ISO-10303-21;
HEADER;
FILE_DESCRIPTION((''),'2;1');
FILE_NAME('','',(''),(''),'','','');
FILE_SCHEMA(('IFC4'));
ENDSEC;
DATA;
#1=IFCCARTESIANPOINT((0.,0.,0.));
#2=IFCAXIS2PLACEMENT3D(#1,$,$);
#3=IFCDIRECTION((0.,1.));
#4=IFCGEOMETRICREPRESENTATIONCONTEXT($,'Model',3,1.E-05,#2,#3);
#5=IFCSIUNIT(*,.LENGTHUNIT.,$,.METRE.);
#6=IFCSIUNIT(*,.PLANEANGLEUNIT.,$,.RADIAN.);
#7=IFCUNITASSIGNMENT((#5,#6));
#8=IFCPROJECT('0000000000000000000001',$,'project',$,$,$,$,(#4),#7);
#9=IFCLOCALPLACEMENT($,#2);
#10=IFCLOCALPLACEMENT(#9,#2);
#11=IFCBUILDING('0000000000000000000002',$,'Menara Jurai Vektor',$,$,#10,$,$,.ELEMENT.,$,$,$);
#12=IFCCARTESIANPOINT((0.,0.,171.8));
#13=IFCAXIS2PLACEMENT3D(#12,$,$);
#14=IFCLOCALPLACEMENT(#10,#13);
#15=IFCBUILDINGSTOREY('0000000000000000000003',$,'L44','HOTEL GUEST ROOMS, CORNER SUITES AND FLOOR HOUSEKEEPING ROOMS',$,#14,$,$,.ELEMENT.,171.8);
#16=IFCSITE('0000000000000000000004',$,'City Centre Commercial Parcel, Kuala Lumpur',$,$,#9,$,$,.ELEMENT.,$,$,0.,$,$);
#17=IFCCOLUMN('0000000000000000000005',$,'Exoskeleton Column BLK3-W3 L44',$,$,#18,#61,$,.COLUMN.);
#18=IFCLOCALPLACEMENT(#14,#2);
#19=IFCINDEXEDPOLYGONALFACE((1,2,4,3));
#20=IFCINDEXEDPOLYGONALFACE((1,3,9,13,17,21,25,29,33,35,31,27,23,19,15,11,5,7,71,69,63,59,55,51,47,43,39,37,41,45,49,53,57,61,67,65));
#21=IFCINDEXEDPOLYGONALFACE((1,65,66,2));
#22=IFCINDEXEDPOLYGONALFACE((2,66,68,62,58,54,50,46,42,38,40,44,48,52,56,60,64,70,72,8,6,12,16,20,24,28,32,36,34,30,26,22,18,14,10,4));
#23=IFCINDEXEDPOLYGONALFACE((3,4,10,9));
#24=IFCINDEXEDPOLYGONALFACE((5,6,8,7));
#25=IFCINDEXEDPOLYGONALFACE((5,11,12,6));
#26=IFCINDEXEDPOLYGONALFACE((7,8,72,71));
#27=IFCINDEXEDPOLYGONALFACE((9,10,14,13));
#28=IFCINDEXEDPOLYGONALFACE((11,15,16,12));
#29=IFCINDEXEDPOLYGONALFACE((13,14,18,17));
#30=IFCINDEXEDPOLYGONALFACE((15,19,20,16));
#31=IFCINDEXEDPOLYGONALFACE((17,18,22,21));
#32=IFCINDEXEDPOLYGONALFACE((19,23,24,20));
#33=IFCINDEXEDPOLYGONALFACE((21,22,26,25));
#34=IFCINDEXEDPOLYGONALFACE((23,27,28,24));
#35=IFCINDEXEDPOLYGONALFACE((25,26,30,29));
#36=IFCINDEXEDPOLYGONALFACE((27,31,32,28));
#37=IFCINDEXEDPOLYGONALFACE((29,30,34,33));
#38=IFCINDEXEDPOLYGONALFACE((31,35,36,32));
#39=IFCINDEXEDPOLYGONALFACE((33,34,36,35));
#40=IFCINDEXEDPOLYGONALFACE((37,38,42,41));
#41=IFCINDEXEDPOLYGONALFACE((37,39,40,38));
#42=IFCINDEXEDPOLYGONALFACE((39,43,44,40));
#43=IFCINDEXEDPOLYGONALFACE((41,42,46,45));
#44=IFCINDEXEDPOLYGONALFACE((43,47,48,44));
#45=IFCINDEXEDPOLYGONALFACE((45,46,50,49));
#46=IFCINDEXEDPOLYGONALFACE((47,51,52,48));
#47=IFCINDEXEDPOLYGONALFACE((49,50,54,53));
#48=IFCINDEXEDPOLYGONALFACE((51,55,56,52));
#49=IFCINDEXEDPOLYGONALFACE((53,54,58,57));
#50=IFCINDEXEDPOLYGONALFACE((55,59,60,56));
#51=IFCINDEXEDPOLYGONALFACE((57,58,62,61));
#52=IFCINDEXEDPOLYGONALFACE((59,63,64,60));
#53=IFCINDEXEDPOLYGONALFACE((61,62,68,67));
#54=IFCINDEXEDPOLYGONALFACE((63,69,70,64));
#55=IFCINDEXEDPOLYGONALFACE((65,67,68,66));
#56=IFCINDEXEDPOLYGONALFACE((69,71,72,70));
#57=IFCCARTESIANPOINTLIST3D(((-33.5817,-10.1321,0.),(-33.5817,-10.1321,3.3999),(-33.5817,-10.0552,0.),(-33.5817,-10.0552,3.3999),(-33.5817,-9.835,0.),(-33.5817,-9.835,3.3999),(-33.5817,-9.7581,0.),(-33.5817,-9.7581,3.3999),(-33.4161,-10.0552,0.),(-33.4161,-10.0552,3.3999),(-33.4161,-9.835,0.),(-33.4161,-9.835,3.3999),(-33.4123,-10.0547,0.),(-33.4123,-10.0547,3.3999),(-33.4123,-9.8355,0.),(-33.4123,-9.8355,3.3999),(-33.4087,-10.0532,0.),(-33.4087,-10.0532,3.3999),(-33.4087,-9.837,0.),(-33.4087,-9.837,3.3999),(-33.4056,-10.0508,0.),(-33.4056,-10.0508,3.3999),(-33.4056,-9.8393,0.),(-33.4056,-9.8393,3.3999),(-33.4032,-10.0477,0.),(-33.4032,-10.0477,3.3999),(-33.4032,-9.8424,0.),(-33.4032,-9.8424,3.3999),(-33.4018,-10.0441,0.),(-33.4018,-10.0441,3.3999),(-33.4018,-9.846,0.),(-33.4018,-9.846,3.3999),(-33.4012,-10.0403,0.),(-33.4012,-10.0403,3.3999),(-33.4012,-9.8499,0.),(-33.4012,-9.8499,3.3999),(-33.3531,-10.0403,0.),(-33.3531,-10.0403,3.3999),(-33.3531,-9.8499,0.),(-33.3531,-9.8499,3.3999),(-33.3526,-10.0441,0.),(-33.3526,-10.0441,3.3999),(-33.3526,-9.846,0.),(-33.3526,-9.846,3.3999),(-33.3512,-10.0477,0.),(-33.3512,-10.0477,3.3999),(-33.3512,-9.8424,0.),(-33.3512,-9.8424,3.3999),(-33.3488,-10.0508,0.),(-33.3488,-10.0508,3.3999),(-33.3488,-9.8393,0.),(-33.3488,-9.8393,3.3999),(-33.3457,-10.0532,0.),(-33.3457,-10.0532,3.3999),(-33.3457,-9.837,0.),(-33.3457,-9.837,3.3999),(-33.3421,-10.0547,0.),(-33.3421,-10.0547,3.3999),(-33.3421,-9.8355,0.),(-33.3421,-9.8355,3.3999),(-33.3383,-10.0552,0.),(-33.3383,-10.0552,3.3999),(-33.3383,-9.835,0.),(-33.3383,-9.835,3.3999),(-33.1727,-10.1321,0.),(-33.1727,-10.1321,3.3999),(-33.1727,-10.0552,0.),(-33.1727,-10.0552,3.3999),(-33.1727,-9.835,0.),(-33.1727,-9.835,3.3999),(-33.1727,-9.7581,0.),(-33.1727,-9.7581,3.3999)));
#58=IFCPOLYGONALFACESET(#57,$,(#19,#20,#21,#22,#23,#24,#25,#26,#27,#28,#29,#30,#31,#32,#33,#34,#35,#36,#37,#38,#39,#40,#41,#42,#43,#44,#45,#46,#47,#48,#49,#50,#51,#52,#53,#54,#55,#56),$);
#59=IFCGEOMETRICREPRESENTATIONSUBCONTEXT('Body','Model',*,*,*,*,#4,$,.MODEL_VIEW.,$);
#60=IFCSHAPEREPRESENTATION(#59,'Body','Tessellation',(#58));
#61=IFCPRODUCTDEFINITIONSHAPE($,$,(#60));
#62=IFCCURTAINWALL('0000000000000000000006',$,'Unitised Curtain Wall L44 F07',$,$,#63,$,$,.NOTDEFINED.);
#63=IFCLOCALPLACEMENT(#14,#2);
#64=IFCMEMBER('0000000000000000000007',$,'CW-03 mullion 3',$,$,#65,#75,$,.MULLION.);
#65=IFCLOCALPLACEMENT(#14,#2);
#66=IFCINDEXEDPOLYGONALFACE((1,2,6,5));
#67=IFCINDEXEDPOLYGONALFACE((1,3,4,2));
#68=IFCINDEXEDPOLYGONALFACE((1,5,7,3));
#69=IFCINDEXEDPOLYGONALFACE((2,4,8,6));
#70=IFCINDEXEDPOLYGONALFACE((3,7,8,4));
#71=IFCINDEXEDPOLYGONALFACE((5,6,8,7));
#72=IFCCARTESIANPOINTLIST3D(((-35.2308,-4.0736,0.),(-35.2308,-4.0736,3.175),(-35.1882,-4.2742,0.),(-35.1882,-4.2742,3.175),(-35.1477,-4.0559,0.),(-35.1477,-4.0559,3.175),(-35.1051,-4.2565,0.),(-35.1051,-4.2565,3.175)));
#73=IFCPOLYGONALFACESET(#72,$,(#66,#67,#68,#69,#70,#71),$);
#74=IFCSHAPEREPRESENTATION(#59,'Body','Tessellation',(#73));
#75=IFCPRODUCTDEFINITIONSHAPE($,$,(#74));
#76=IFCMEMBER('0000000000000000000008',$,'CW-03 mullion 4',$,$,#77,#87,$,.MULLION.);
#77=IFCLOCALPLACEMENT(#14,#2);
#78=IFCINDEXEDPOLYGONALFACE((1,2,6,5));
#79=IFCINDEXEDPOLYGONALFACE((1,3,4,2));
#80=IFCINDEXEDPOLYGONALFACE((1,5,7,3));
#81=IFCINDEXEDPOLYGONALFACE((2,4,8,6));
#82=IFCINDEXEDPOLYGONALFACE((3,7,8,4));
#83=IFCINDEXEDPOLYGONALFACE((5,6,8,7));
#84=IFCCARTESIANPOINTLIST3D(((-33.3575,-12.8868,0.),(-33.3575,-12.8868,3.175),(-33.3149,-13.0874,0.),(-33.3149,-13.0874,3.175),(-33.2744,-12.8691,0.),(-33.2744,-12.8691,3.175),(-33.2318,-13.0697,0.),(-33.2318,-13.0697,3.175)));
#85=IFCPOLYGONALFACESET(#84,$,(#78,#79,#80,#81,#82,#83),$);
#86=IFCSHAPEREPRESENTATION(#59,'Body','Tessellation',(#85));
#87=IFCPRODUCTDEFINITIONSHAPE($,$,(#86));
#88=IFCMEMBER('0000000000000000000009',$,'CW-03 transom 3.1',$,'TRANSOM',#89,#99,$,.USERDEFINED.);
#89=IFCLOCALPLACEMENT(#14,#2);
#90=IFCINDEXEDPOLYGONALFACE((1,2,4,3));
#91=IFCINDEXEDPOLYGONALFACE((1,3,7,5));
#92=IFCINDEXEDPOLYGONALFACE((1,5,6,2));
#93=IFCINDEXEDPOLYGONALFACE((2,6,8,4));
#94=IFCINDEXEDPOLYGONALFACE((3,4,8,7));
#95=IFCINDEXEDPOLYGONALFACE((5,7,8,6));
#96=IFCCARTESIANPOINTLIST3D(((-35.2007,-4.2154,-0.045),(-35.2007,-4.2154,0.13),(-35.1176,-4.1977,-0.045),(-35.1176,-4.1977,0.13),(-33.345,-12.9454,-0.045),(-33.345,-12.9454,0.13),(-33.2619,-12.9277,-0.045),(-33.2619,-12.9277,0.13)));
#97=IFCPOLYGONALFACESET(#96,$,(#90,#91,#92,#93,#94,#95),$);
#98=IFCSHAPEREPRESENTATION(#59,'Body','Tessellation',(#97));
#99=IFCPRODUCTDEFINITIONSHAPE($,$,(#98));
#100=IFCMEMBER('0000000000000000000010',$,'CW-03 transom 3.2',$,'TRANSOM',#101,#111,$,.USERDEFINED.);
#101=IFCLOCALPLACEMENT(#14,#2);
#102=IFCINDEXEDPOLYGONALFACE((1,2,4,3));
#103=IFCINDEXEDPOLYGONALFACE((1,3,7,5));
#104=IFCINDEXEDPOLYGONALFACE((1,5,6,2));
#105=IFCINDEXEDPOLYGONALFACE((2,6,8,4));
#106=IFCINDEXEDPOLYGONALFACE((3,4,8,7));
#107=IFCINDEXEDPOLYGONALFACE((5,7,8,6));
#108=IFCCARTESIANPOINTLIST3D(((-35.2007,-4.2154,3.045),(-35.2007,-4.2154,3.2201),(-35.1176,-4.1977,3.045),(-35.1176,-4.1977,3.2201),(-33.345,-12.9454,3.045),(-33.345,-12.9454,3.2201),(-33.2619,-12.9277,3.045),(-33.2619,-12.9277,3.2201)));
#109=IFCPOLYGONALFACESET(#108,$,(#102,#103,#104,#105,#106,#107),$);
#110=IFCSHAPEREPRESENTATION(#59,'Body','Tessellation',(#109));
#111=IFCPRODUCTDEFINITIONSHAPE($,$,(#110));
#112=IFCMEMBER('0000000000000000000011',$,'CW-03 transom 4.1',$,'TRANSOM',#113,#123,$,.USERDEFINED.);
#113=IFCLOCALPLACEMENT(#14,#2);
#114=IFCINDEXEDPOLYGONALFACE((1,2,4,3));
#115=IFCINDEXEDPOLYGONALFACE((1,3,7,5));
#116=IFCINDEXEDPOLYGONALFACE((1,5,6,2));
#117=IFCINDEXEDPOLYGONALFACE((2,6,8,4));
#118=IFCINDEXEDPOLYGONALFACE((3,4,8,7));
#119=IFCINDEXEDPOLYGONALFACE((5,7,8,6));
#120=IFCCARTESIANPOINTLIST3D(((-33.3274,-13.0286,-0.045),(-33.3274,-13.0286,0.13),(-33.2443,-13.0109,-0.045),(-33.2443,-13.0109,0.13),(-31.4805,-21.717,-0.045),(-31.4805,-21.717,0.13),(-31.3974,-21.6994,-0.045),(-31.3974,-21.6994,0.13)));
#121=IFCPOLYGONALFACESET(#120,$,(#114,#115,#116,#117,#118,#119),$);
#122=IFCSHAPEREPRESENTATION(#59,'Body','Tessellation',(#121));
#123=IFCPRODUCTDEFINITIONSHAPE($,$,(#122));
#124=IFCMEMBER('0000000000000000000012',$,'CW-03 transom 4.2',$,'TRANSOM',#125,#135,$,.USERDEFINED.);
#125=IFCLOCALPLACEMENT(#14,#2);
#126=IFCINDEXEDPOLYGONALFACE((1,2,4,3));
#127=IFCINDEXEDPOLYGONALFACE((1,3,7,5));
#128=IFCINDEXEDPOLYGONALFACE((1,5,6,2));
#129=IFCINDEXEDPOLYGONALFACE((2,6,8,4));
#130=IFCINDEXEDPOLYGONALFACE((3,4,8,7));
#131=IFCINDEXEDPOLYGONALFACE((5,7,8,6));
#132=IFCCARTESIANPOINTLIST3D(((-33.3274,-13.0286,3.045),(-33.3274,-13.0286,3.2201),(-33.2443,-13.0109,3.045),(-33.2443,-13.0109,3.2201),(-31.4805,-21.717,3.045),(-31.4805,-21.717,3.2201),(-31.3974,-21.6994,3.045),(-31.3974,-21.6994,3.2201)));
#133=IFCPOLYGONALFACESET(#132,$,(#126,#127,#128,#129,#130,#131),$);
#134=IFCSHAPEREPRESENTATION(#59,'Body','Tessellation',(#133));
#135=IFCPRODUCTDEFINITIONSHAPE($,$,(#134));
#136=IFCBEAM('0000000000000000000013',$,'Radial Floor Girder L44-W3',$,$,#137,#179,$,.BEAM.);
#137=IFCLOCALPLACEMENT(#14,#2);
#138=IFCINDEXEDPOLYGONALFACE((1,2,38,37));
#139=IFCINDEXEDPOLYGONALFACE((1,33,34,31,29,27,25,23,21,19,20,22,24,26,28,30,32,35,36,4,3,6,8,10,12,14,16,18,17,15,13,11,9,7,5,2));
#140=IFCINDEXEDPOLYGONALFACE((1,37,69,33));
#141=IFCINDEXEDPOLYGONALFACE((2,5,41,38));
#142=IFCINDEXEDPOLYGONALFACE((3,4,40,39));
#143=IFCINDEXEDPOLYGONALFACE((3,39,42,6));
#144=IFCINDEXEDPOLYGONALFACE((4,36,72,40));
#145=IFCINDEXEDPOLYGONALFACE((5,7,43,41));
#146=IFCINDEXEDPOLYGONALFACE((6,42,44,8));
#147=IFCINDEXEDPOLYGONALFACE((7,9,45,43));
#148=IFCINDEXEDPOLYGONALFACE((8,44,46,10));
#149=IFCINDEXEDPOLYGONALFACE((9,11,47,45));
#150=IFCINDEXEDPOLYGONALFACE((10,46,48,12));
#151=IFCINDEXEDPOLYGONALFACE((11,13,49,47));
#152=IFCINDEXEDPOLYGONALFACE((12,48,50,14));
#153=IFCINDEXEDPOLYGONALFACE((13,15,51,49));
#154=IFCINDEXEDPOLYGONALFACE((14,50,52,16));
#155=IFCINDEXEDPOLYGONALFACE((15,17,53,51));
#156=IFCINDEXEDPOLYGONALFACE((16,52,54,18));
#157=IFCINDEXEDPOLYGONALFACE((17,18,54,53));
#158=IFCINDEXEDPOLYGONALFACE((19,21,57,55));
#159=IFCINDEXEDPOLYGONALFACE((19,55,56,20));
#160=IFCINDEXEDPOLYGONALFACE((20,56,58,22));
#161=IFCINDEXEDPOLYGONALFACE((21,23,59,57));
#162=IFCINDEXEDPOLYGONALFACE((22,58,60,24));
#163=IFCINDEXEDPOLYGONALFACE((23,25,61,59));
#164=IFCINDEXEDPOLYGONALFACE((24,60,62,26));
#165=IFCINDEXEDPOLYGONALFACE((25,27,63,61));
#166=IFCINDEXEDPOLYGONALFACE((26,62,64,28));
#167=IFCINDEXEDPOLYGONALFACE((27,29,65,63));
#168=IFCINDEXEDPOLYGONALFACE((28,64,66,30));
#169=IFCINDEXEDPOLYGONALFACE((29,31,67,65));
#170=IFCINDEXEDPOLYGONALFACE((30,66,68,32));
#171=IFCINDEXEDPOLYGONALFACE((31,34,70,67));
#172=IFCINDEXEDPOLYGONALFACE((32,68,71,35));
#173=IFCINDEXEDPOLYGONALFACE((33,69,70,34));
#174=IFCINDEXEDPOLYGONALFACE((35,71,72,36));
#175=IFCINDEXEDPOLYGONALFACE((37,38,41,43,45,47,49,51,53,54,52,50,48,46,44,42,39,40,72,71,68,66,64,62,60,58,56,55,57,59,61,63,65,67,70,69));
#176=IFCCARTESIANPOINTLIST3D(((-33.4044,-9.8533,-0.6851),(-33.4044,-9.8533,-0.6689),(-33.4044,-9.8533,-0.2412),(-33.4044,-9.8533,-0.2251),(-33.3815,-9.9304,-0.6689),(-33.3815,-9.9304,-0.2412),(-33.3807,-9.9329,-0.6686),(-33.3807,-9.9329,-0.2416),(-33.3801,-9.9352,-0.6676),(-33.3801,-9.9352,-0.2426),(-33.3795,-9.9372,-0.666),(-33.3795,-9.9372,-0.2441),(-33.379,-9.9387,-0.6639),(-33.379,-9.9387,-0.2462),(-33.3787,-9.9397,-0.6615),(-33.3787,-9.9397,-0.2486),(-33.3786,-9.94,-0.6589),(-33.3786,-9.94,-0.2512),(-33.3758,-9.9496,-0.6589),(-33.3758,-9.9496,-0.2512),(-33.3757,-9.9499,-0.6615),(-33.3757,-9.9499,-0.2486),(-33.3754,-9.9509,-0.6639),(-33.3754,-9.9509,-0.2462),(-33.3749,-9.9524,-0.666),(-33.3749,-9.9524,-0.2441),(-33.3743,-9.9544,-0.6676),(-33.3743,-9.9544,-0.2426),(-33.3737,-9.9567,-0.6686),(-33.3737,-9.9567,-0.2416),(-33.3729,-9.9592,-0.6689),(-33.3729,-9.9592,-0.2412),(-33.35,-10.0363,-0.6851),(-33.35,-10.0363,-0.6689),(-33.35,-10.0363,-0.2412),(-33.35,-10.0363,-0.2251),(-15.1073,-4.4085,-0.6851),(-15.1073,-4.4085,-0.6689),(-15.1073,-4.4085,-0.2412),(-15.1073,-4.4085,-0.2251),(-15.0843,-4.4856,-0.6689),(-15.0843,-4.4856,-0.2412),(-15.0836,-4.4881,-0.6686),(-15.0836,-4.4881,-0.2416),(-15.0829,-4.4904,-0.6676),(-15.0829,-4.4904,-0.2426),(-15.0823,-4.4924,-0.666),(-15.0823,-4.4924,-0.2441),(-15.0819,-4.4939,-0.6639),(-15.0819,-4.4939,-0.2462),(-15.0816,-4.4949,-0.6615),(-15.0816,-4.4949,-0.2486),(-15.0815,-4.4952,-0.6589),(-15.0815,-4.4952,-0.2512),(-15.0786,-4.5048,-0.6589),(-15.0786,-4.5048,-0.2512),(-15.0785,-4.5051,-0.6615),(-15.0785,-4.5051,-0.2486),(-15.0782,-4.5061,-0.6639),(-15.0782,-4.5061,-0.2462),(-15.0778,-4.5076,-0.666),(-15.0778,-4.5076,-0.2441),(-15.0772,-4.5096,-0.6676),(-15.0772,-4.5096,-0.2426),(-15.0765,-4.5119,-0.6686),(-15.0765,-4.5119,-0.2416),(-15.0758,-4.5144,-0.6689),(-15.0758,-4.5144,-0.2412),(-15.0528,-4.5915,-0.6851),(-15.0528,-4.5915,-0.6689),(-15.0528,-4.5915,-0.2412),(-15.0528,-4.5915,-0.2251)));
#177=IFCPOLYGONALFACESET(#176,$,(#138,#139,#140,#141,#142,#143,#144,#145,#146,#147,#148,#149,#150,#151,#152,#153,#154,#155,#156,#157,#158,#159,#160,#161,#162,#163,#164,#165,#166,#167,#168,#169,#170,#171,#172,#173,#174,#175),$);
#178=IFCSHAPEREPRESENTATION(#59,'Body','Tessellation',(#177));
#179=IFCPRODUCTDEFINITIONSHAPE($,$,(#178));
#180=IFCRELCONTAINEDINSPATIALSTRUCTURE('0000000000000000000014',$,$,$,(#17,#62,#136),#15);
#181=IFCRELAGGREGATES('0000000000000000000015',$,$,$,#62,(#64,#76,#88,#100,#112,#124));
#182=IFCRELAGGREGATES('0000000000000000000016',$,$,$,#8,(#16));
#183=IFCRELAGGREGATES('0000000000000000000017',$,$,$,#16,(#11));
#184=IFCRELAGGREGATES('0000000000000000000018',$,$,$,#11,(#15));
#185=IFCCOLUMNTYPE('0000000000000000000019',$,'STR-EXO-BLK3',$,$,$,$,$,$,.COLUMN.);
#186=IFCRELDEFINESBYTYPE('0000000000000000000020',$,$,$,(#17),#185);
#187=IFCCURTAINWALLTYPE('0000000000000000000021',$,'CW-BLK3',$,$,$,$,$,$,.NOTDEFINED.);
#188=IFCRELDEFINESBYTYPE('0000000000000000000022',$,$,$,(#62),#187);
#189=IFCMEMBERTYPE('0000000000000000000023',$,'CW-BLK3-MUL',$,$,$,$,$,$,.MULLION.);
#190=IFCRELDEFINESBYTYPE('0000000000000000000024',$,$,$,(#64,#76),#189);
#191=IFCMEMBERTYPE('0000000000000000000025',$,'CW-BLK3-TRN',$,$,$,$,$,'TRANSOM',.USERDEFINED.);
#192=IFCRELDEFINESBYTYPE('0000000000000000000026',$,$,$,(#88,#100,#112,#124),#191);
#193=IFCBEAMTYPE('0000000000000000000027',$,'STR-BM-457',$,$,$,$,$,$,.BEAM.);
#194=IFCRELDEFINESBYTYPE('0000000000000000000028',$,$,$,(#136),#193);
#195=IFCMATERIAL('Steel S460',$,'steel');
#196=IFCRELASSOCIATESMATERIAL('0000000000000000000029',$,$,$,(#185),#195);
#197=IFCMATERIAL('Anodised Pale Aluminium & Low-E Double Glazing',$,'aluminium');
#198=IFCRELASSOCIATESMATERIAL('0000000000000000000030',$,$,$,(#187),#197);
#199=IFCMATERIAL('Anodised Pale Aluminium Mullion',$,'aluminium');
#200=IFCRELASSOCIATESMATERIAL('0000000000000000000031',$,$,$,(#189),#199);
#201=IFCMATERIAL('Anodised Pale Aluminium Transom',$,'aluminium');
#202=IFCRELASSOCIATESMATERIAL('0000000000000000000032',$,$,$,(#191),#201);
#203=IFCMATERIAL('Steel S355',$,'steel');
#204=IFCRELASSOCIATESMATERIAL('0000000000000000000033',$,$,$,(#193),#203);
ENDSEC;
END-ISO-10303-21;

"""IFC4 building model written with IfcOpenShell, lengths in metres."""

from ifc_helpers import new_model, si_unit, direction, frame, origin, origin_2d, place, context, subcontext, project, spatial, rectangle, i_section, extrude, material, material_profile, profile_set, type_object, element, aggregate, save


model = new_model("IFC4")

# Units and contexts
model_context = context("Model", 3, precision=1e-05, world=origin(), true_north=direction((0.0, 1.0)))
body_context = subcontext(model_context, "Body", "Model", "MODEL_VIEW")
ifc_project = project(units=[si_unit("LENGTHUNIT", "METRE"), si_unit("PLANEANGLEUNIT", "RADIAN")], contexts=[model_context])

# Site, building, storey
site_placement = place(None, origin())
site = spatial("IfcSite", under=ifc_project, at=site_placement, Name="City Centre Commercial Parcel, Kuala Lumpur", CompositionType="ELEMENT", RefElevation=0.0)
building_placement = place(site_placement, origin())
building = spatial("IfcBuilding", under=site, at=building_placement, Name="Menara Jurai Vektor", CompositionType="ELEMENT")
storey_placement = place(building_placement, frame((0.0, 0.0, 171.8)))
storey = spatial("IfcBuildingStorey", under=building, at=storey_placement, Name="L44", Description="HOTEL GUEST ROOMS, CORNER SUITES AND FLOOR HOUSEKEEPING ROOMS", CompositionType="ELEMENT", Elevation=171.8)

# Column
ifc_material_1 = material(Name="Steel S460", Category="steel")
ifc_material_profile_1 = material_profile(ifc_material_1, i_section(OverallWidth=0.4089, OverallDepth=0.374, WebThickness=0.0481, FlangeThickness=0.0769, FilletRadius=0.0149, at=origin_2d()), Name="HD 400x634")
ifc_profile_set_1 = profile_set([ifc_material_profile_1], Name="Steel S460")
column_type = type_object("IfcColumnType", Name="STR-EXO-BLK3", PredefinedType="COLUMN", material=ifc_profile_set_1)
column_placement = place(storey_placement, frame((-33.3772, -9.9451, 0.0), z_axis=(0.0, 0.0, 1.0), x_axis=(1.0, 0.0, 0.0)))
element("IfcColumn", 1, at=column_placement, inside=storey, type_object=column_type, Name="Exoskeleton Column BLK3-W3 L44", PredefinedType="COLUMN", context=body_context, shape_type="SweptSolid", body=[
    extrude(i_section(OverallWidth=0.4089, OverallDepth=0.374, WebThickness=0.0481, FlangeThickness=0.0769, FilletRadius=0.0149, at=origin_2d()), origin(), (0.0, 0.0, 1.0), 3.3999),
])

# Curtain wall, members
ifc_material_2 = material(Name="Anodised Pale Aluminium & Low-E Double Glazing", Category="aluminium")
curtain_wall_type = type_object("IfcCurtainWallType", Name="CW-BLK3", PredefinedType="NOTDEFINED", material=ifc_material_2)
curtain_wall_placement = place(storey_placement, origin())
curtain_wall = element("IfcCurtainWall", 2, at=curtain_wall_placement, inside=storey, type_object=curtain_wall_type, Name="Unitised Curtain Wall L44 F07", PredefinedType="NOTDEFINED")
ifc_material_3 = material(Name="Anodised Pale Aluminium Mullion", Category="aluminium")
ifc_material_profile_2 = material_profile(ifc_material_3, rectangle(XDim=0.085, YDim=0.2051, at=origin_2d()), Name="ALU MUL 85x205")
ifc_profile_set_2 = profile_set([ifc_material_profile_2], Name="Anodised Pale Aluminium Mullion")
member_type_1 = type_object("IfcMemberType", Name="CW-BLK3-MUL", PredefinedType="MULLION", material=ifc_profile_set_2)
member_1_placement = place(storey_placement, frame((-35.168, -4.165, 0.0), z_axis=(0.0, 0.0, 1.0), x_axis=(0.978148, 0.20791, 0.0)))
member_1 = element("IfcMember", 3, at=member_1_placement, type_object=member_type_1, Name="CW-03 mullion 3", PredefinedType="MULLION", context=body_context, shape_type="SweptSolid", body=[
    extrude(rectangle(XDim=0.085, YDim=0.2051, at=origin_2d()), origin(), (0.0, 0.0, 1.0), 3.175),
])
member_2_placement = place(storey_placement, frame((-33.2947, -12.9783, 0.0), z_axis=(0.0, 0.0, 1.0), x_axis=(0.978148, 0.20791, 0.0)))
member_2 = element("IfcMember", 4, at=member_2_placement, type_object=member_type_1, Name="CW-03 mullion 4", PredefinedType="MULLION", context=body_context, shape_type="SweptSolid", body=[
    extrude(rectangle(XDim=0.085, YDim=0.2051, at=origin_2d()), origin(), (0.0, 0.0, 1.0), 3.175),
])
ifc_material_4 = material(Name="Anodised Pale Aluminium Transom", Category="aluminium")
ifc_material_profile_3 = material_profile(ifc_material_4, rectangle(XDim=0.085, YDim=0.175, at=origin_2d()), Name="ALU TRN 85x175")
ifc_profile_set_3 = profile_set([ifc_material_profile_3], Name="Anodised Pale Aluminium Transom")
member_type_2 = type_object("IfcMemberType", Name="CW-BLK3-TRN", ElementType="TRANSOM", PredefinedType="USERDEFINED", material=ifc_profile_set_3)
member_3_placement = place(storey_placement, frame((-35.1592, -4.2065, 0.0425), z_axis=(0.207922, -0.978145, 0.0), x_axis=(0.978145, 0.207922, 0.0)))
member_3 = element("IfcMember", 5, at=member_3_placement, type_object=member_type_2, Name="CW-03 transom 3.1", ObjectType="TRANSOM", PredefinedType="USERDEFINED", context=body_context, shape_type="SweptSolid", body=[
    extrude(rectangle(XDim=0.085, YDim=0.175, at=origin_2d()), origin(), (0.0, 0.0, 1.0), 8.925),
])
member_4_placement = place(storey_placement, frame((-35.1592, -4.2065, 3.1326), z_axis=(0.207922, -0.978145, 0.0), x_axis=(0.978145, 0.207922, 0.0)))
member_4 = element("IfcMember", 6, at=member_4_placement, type_object=member_type_2, Name="CW-03 transom 3.2", ObjectType="TRANSOM", PredefinedType="USERDEFINED", context=body_context, shape_type="SweptSolid", body=[
    extrude(rectangle(XDim=0.085, YDim=0.175, at=origin_2d()), origin(), (0.0, 0.0, 1.0), 8.925),
])
member_5_placement = place(storey_placement, frame((-33.2859, -13.0198, 0.0425), z_axis=(0.207926, -0.978145, 0.0), x_axis=(0.978145, 0.207926, 0.0)))
member_5 = element("IfcMember", 7, at=member_5_placement, type_object=member_type_2, Name="CW-03 transom 4.1", ObjectType="TRANSOM", PredefinedType="USERDEFINED", context=body_context, shape_type="SweptSolid", body=[
    extrude(rectangle(XDim=0.085, YDim=0.175, at=origin_2d()), origin(), (0.0, 0.0, 1.0), 8.8826),
])
member_6_placement = place(storey_placement, frame((-33.2859, -13.0198, 3.1326), z_axis=(0.207926, -0.978145, 0.0), x_axis=(0.978145, 0.207926, 0.0)))
member_6 = element("IfcMember", 8, at=member_6_placement, type_object=member_type_2, Name="CW-03 transom 4.2", ObjectType="TRANSOM", PredefinedType="USERDEFINED", context=body_context, shape_type="SweptSolid", body=[
    extrude(rectangle(XDim=0.085, YDim=0.175, at=origin_2d()), origin(), (0.0, 0.0, 1.0), 8.8826),
])

# Beam
ifc_material_5 = material(Name="Steel S355", Category="steel")
ifc_material_profile_4 = material_profile(ifc_material_5, i_section(OverallWidth=0.1909, OverallDepth=0.46, WebThickness=0.01, FlangeThickness=0.0161, FilletRadius=0.01, at=origin_2d()), Name="UKB 457x191x82")
ifc_profile_set_4 = profile_set([ifc_material_profile_4], Name="Steel S355")
beam_type_1 = type_object("IfcBeamType", Name="STR-BM-457", PredefinedType="BEAM", material=ifc_profile_set_4)
beam_1_placement = place(storey_placement, frame((-33.3772, -9.9448, -0.4551), z_axis=(0.958463, 0.285218, 0.0), x_axis=(-0.285218, 0.958463, 0.0)))
element("IfcBeam", 9, at=beam_1_placement, inside=storey, type_object=beam_type_1, Name="Radial Floor Girder L44-W3", PredefinedType="BEAM", context=body_context, shape_type="SweptSolid", body=[
    extrude(i_section(OverallWidth=0.1909, OverallDepth=0.46, WebThickness=0.01, FlangeThickness=0.0161, FilletRadius=0.01, at=origin_2d()), origin(), (0.0, 0.0, 1.0), 19.0901),
])

aggregate(curtain_wall, [member_1, member_2, member_3, member_4, member_5, member_6])

save(model, "model.ifc")
